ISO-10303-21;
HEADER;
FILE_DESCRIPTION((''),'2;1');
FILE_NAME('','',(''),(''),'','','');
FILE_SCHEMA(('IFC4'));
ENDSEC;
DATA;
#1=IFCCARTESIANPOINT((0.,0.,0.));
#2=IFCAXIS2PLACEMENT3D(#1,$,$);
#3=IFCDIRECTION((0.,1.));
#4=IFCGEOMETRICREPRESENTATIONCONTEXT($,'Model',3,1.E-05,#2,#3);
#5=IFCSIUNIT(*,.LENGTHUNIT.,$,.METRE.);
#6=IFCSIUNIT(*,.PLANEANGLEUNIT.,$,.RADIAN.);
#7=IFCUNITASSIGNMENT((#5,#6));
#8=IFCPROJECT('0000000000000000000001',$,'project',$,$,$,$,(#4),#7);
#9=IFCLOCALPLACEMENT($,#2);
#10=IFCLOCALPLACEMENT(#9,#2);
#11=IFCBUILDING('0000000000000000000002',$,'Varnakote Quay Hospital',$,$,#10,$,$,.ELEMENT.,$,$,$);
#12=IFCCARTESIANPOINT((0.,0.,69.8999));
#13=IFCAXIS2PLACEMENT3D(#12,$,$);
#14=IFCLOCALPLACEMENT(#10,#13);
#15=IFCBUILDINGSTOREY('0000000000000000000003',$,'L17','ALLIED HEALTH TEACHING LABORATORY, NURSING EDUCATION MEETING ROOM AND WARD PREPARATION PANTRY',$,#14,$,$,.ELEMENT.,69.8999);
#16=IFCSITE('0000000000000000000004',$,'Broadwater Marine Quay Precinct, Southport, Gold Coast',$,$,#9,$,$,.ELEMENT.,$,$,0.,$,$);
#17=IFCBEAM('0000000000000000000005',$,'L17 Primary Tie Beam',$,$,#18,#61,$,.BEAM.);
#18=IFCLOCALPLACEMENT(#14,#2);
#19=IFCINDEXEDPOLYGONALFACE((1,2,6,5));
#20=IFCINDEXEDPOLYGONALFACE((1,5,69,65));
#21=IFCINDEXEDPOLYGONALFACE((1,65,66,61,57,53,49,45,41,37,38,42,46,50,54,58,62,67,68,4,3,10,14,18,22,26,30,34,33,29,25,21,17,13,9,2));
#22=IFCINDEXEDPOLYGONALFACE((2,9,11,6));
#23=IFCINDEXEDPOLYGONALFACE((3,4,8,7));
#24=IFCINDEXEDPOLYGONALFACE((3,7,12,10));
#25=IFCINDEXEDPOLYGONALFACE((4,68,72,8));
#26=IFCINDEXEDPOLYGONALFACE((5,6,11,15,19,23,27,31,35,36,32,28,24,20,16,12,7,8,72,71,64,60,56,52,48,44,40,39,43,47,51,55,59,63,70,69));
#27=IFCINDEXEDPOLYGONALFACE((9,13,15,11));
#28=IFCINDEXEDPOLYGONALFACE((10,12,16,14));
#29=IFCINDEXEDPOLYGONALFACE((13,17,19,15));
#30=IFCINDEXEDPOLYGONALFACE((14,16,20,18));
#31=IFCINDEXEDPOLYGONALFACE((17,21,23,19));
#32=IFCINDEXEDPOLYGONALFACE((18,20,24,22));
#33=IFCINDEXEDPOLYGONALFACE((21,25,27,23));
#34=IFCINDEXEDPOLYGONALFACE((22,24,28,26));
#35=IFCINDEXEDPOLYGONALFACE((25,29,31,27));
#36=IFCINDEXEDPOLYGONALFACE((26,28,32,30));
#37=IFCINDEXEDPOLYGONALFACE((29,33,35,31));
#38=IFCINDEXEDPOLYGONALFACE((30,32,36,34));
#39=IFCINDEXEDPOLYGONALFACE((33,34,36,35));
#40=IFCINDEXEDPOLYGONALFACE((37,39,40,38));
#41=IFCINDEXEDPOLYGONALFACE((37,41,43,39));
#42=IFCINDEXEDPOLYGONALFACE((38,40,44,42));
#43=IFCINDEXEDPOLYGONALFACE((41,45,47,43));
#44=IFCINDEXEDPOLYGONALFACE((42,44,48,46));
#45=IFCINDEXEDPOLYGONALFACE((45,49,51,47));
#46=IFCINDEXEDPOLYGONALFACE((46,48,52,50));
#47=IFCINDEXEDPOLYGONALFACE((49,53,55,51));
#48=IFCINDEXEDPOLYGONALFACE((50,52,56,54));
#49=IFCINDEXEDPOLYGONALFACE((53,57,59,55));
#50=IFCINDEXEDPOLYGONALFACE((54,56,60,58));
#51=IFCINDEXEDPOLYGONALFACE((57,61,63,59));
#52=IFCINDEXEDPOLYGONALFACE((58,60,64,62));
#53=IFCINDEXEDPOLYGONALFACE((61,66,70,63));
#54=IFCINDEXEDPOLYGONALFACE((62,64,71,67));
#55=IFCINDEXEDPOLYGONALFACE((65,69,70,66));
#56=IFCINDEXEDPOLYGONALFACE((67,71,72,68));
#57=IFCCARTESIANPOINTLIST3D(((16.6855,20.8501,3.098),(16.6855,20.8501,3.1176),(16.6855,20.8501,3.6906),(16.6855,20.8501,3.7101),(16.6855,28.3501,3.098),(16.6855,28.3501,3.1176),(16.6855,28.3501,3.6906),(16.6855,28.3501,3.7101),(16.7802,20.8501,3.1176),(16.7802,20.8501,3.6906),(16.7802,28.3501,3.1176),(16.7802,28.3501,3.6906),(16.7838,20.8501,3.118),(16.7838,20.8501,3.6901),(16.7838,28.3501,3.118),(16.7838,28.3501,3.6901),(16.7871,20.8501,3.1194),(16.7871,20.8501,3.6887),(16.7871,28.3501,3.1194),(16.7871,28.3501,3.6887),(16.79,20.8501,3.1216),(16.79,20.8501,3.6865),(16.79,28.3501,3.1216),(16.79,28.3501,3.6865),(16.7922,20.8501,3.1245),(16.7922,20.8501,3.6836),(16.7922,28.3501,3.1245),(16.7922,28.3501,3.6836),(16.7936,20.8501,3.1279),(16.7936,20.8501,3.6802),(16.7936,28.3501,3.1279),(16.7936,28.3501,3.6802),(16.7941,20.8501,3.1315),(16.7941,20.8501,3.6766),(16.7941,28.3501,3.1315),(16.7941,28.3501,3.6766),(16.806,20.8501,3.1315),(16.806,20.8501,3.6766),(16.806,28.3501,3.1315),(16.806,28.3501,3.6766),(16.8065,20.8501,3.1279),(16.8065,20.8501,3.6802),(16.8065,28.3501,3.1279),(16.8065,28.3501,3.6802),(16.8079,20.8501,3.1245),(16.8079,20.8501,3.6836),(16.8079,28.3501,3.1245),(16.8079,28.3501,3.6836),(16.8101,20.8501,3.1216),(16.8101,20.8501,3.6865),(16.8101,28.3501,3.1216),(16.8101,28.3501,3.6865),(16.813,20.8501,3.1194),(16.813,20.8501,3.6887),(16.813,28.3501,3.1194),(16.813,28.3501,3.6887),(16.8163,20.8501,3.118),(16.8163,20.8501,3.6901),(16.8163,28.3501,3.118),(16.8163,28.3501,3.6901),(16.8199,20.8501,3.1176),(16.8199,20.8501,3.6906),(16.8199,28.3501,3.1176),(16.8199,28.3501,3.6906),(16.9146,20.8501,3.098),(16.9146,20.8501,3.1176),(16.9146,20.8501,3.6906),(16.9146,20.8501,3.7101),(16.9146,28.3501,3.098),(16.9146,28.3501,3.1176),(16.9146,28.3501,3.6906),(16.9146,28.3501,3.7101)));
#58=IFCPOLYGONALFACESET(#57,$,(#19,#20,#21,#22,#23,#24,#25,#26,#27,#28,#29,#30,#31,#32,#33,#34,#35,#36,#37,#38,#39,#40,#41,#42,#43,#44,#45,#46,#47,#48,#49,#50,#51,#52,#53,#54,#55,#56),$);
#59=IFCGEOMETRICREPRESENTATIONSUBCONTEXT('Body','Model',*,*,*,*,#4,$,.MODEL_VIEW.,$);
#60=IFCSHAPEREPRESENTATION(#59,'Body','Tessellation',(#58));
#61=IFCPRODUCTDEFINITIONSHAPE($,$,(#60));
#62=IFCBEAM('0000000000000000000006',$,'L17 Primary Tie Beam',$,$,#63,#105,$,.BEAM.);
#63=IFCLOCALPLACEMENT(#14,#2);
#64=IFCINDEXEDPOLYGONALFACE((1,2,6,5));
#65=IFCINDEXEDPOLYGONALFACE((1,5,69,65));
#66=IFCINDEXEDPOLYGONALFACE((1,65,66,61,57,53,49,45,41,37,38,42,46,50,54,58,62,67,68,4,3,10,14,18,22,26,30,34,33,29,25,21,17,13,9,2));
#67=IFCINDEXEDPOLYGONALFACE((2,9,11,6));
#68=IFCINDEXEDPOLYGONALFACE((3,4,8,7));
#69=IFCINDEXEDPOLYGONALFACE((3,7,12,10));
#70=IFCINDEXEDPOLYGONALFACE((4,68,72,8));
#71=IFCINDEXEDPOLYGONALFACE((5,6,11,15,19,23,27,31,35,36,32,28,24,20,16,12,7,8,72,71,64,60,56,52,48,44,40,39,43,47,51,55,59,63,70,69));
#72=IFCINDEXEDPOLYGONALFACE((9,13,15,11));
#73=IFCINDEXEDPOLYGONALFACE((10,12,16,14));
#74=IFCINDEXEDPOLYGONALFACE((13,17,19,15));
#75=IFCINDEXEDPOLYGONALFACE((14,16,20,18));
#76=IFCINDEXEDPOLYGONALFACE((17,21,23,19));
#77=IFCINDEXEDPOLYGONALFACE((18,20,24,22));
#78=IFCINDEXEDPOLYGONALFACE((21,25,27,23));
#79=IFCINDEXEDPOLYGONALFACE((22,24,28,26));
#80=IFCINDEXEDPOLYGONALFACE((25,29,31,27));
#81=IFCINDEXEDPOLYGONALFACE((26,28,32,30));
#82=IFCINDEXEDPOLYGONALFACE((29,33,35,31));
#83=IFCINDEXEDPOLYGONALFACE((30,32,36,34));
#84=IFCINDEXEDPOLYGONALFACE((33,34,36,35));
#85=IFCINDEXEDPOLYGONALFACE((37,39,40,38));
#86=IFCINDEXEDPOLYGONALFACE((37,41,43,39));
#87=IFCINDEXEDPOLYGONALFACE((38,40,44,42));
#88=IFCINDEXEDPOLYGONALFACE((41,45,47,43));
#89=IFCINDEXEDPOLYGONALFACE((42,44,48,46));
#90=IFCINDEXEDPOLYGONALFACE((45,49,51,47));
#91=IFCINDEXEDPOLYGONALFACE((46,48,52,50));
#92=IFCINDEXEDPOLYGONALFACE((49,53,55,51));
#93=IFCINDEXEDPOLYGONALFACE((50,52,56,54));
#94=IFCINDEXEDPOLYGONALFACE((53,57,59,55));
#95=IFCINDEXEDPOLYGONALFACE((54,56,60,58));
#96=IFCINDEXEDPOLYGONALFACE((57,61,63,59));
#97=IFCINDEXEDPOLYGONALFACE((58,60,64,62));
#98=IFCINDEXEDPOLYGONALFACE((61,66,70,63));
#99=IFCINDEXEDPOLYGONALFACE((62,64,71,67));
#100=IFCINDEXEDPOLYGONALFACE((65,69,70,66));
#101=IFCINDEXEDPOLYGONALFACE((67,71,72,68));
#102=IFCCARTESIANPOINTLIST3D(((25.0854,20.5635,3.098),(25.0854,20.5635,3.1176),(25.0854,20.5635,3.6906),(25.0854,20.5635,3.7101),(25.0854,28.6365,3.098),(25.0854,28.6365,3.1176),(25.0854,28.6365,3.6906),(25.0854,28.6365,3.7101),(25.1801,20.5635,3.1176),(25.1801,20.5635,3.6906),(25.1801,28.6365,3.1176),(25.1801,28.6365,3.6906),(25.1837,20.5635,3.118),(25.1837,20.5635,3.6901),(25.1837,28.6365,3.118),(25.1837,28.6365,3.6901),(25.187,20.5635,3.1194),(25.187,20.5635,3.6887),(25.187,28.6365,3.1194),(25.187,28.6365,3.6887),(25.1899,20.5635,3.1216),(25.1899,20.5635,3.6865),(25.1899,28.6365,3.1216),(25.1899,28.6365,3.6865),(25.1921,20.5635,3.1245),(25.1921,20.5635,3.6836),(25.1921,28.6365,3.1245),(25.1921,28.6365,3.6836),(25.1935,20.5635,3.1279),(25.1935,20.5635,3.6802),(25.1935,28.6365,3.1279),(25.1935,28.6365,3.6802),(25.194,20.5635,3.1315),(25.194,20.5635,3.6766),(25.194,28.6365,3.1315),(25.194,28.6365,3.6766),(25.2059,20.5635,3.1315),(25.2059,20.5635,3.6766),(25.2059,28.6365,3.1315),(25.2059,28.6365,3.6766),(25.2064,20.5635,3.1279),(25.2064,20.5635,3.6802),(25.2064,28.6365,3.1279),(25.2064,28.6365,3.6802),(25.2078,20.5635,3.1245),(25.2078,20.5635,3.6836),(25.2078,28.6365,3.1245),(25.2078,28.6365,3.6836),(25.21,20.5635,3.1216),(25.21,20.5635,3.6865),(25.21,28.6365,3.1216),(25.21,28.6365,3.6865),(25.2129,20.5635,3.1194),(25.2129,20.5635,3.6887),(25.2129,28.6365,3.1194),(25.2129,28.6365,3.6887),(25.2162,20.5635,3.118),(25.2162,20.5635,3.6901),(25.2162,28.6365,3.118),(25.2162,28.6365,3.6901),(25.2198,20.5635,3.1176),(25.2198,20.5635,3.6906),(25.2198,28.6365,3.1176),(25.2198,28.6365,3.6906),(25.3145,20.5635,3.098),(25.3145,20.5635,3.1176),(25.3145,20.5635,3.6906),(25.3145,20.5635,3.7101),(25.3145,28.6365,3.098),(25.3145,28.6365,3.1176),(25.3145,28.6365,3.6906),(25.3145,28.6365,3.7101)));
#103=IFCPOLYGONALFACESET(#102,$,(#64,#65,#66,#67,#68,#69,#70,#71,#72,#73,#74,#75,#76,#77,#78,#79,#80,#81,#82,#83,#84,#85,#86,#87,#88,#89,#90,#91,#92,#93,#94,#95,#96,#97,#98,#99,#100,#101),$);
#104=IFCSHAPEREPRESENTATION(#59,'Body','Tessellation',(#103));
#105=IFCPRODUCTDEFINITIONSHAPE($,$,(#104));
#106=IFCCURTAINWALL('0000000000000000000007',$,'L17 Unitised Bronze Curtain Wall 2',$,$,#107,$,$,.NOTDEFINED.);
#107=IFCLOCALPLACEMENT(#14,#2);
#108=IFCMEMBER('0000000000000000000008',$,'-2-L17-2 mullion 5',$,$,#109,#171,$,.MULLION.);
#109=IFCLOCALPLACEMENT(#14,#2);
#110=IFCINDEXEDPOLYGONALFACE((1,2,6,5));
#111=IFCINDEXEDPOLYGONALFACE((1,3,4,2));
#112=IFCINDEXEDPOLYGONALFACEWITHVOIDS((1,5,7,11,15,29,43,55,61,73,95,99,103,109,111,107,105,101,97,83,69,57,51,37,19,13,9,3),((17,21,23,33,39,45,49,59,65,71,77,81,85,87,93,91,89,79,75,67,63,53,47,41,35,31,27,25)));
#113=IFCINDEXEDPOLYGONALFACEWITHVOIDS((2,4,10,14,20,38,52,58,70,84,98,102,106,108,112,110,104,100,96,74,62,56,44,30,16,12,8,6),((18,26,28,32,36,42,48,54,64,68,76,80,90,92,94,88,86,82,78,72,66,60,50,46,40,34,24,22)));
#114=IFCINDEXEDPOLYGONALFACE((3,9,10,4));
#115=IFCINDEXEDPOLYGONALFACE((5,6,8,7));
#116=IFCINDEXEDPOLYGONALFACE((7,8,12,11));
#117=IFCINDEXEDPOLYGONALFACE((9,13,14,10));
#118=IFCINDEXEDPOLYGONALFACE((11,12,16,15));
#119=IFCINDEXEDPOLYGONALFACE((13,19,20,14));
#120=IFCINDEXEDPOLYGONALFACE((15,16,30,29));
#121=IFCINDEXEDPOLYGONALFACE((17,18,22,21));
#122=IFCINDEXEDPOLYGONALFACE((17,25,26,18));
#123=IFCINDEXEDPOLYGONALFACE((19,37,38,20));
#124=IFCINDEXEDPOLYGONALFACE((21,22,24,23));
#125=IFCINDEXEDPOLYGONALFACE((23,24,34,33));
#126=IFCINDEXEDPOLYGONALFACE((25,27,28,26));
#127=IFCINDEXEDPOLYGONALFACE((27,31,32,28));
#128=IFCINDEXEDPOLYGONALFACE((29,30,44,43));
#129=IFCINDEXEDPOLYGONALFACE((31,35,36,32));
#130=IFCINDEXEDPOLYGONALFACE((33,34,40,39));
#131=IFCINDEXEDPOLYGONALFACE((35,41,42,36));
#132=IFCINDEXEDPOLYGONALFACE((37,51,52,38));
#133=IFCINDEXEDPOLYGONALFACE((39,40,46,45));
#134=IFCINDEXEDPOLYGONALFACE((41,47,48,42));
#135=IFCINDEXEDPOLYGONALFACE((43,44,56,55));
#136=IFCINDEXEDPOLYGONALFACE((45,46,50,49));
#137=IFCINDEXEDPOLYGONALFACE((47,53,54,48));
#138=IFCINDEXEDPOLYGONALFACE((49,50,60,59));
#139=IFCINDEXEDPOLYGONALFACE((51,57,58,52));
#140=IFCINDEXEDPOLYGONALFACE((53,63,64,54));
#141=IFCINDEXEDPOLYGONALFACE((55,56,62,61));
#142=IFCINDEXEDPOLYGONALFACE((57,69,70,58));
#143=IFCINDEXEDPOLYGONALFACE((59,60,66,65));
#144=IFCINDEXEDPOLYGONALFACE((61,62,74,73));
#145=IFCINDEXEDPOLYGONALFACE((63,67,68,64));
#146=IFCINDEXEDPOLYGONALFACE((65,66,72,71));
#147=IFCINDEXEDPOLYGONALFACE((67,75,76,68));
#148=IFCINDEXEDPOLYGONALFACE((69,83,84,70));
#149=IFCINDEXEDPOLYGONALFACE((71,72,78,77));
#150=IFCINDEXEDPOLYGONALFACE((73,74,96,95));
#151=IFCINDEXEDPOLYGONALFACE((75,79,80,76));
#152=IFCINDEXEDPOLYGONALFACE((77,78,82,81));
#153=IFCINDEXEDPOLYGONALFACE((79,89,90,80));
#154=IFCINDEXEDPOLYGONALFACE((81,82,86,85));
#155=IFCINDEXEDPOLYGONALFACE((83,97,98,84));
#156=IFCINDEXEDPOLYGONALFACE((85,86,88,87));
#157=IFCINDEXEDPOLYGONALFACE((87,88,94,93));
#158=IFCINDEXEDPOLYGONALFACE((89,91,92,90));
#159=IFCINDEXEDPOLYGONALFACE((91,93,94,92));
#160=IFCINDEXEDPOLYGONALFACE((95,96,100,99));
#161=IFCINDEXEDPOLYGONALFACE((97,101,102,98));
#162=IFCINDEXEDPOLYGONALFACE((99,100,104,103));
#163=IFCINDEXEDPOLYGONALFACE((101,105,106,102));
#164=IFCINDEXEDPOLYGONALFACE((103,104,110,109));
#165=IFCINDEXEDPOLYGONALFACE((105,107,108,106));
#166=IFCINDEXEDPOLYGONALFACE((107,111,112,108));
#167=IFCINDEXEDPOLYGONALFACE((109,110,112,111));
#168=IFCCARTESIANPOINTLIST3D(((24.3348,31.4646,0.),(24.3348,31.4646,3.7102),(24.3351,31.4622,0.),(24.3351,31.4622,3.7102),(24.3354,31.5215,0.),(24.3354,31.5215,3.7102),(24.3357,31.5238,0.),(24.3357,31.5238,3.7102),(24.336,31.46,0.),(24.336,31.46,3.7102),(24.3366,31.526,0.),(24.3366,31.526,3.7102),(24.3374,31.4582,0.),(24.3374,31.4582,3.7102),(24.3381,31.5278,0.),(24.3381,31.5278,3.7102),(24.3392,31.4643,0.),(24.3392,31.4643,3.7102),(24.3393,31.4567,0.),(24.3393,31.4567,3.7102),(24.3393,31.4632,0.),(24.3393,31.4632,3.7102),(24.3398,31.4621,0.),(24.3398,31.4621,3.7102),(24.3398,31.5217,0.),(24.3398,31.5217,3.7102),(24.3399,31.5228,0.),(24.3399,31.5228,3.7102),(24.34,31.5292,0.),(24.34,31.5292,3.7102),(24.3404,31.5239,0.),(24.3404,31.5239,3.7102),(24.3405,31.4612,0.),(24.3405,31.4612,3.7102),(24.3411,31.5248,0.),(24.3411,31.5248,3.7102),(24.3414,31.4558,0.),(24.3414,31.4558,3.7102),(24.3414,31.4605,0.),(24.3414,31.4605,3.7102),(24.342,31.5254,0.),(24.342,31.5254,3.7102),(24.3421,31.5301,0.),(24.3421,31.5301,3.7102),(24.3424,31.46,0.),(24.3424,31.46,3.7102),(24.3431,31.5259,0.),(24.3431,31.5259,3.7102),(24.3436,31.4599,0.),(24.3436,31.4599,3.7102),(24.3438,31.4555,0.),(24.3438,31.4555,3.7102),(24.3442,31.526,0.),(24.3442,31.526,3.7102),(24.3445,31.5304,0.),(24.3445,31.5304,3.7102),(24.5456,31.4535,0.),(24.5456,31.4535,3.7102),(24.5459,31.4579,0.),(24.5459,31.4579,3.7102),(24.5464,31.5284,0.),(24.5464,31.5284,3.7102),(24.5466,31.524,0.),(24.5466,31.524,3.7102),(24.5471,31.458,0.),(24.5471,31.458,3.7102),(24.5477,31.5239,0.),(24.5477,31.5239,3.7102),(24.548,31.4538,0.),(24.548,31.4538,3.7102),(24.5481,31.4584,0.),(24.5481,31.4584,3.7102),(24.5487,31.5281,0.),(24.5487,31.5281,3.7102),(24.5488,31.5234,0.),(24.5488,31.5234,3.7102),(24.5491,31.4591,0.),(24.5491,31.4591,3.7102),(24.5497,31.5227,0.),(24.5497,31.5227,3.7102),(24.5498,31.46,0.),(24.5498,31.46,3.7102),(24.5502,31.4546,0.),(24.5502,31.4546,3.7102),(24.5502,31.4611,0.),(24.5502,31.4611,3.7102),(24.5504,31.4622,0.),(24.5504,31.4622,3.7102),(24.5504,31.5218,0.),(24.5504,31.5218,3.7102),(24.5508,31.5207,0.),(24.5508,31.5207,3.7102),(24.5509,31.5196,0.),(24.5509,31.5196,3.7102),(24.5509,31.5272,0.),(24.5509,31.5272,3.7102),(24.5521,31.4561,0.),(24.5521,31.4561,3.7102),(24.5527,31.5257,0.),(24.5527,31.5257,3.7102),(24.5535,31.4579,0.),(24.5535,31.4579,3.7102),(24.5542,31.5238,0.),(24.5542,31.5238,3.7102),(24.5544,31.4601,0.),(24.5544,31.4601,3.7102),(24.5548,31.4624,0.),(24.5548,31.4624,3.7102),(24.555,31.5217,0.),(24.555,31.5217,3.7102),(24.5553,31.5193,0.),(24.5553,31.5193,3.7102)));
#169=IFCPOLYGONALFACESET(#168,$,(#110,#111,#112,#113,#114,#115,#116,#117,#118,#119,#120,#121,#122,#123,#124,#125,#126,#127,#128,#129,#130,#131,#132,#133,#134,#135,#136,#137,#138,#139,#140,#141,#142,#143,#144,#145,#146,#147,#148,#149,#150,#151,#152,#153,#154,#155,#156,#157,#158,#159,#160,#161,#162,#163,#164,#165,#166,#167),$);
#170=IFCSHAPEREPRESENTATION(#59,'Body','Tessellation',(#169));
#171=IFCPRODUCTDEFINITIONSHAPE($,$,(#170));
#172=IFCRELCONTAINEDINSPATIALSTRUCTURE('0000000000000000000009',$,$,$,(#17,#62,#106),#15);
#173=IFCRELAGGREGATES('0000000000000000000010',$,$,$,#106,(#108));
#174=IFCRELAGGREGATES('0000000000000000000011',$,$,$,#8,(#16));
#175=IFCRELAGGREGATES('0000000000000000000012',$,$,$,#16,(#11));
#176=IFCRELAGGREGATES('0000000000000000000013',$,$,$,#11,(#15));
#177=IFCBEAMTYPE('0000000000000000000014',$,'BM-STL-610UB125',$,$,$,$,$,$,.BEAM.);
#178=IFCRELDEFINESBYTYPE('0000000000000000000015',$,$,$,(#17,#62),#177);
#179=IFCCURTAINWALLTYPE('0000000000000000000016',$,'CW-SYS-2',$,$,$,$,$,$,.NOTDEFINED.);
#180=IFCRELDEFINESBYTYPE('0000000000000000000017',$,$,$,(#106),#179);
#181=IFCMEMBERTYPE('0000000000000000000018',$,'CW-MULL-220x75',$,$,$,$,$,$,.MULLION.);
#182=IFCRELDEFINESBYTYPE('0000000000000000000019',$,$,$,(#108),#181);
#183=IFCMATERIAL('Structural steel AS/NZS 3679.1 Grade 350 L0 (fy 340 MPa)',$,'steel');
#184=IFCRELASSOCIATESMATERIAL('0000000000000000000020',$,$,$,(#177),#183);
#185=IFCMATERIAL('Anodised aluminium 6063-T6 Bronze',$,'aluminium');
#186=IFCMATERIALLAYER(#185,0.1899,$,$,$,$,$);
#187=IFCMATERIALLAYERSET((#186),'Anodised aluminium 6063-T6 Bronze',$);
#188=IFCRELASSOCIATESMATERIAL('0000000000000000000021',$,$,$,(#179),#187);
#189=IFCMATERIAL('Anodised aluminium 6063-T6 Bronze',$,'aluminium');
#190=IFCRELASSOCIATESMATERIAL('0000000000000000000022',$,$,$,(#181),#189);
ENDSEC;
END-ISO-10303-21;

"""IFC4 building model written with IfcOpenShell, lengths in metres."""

from ifc_helpers import new_model, si_unit, direction, frame, origin, origin_2d, place, context, subcontext, project, spatial, hollow_rectangle, i_section, extrude, material, layer, layer_set, material_profile, profile_set, type_object, element, aggregate, save


model = new_model("IFC4")

# Units and contexts
model_context = context("Model", 3, precision=1e-05, world=origin(), true_north=direction((0.0, 1.0)))
body_context = subcontext(model_context, "Body", "Model", "MODEL_VIEW")
ifc_project = project(units=[si_unit("LENGTHUNIT", "METRE"), si_unit("PLANEANGLEUNIT", "RADIAN")], contexts=[model_context])

# Site, building, storey
site_placement = place(None, origin())
site = spatial("IfcSite", under=ifc_project, at=site_placement, Name="Broadwater Marine Quay Precinct, Southport, Gold Coast", CompositionType="ELEMENT", RefElevation=0.0)
building_placement = place(site_placement, origin())
building = spatial("IfcBuilding", under=site, at=building_placement, Name="Varnakote Quay Hospital", CompositionType="ELEMENT")
storey_placement = place(building_placement, frame((0.0, 0.0, 69.8999)))
storey = spatial("IfcBuildingStorey", under=building, at=storey_placement, Name="L17", Description="ALLIED HEALTH TEACHING LABORATORY, NURSING EDUCATION MEETING ROOM AND WARD PREPARATION PANTRY", CompositionType="ELEMENT", Elevation=69.8999)

# Beams
ifc_material_1 = material(Name="Structural steel AS/NZS 3679.1 Grade 350 L0 (fy 340 MPa)", Category="steel")
ifc_material_profile_1 = material_profile(ifc_material_1, i_section(OverallWidth=0.229, OverallDepth=0.6121, WebThickness=0.012, FlangeThickness=0.0195, FilletRadius=0.0139, at=origin_2d()), Name="610UB125")
ifc_profile_set_1 = profile_set([ifc_material_profile_1], Name="Structural steel AS/NZS 3679.1 Grade 350 L0 (fy 340 MPa)")
beam_type_1 = type_object("IfcBeamType", Name="BM-STL-610UB125", PredefinedType="BEAM", material=ifc_profile_set_1)
beam_1_placement = place(storey_placement, frame((16.8, 20.8501, 3.4041), z_axis=(0.0, 1.0, 0.0), x_axis=(-1.0, 0.0, 0.0)))
element("IfcBeam", 1, at=beam_1_placement, inside=storey, type_object=beam_type_1, Name="L17 Primary Tie Beam", PredefinedType="BEAM", context=body_context, shape_type="SweptSolid", body=[
    extrude(i_section(OverallWidth=0.229, OverallDepth=0.6121, WebThickness=0.012, FlangeThickness=0.0195, FilletRadius=0.0139, at=origin_2d()), origin(), (0.0, 0.0, 1.0), 7.5),
])
beam_2_placement = place(storey_placement, frame((25.2, 20.5635, 3.4041), z_axis=(0.0, 1.0, 0.0), x_axis=(-1.0, 0.0, 0.0)))
element("IfcBeam", 2, at=beam_2_placement, inside=storey, type_object=beam_type_1, Name="L17 Primary Tie Beam", PredefinedType="BEAM", context=body_context, shape_type="SweptSolid", body=[
    extrude(i_section(OverallWidth=0.229, OverallDepth=0.6121, WebThickness=0.012, FlangeThickness=0.0195, FilletRadius=0.0139, at=origin_2d()), origin(), (0.0, 0.0, 1.0), 8.073),
])

# Curtain wall, member
ifc_material_2 = material(Name="Anodised aluminium 6063-T6 Bronze", Category="aluminium")
ifc_layer_1 = layer(ifc_material_2, 0.1899)
ifc_layer_set_1 = layer_set([ifc_layer_1], Name="Anodised aluminium 6063-T6 Bronze")
curtain_wall_type = type_object("IfcCurtainWallType", Name="CW-SYS-2", PredefinedType="NOTDEFINED", material=ifc_layer_set_1)
curtain_wall_placement = place(storey_placement, origin())
curtain_wall = element("IfcCurtainWall", 3, at=curtain_wall_placement, inside=storey, type_object=curtain_wall_type, Name="L17 Unitised Bronze Curtain Wall 2", PredefinedType="NOTDEFINED")
ifc_material_3 = material(Name="Anodised aluminium 6063-T6 Bronze", Category="aluminium")
ifc_material_profile_2 = material_profile(ifc_material_3, hollow_rectangle(XDim=0.075, YDim=0.22, WallThickness=0.0044, InnerFilletRadius=0.0044, OuterFilletRadius=0.009, at=origin_2d()), Name="CW-MULL-220x75")
ifc_profile_set_2 = profile_set([ifc_material_profile_2], Name="Anodised aluminium 6063-T6 Bronze")
member_type = type_object("IfcMemberType", Name="CW-MULL-220x75", PredefinedType="MULLION", material=ifc_profile_set_2)
member_placement = place(storey_placement, frame((24.4451, 31.4919, 0.0), z_axis=(0.0, 0.0, 1.0), x_axis=(-0.009774, -0.999952, 0.0)))
member = element("IfcMember", 4, at=member_placement, type_object=member_type, Name="-2-L17-2 mullion 5", PredefinedType="MULLION", context=body_context, shape_type="SweptSolid", body=[
    extrude(hollow_rectangle(XDim=0.075, YDim=0.22, WallThickness=0.0044, InnerFilletRadius=0.0044, OuterFilletRadius=0.009, at=origin_2d()), origin(), (0.0, 0.0, 1.0), 3.7102),
])
aggregate(curtain_wall, [member])

save(model, "model.ifc")
